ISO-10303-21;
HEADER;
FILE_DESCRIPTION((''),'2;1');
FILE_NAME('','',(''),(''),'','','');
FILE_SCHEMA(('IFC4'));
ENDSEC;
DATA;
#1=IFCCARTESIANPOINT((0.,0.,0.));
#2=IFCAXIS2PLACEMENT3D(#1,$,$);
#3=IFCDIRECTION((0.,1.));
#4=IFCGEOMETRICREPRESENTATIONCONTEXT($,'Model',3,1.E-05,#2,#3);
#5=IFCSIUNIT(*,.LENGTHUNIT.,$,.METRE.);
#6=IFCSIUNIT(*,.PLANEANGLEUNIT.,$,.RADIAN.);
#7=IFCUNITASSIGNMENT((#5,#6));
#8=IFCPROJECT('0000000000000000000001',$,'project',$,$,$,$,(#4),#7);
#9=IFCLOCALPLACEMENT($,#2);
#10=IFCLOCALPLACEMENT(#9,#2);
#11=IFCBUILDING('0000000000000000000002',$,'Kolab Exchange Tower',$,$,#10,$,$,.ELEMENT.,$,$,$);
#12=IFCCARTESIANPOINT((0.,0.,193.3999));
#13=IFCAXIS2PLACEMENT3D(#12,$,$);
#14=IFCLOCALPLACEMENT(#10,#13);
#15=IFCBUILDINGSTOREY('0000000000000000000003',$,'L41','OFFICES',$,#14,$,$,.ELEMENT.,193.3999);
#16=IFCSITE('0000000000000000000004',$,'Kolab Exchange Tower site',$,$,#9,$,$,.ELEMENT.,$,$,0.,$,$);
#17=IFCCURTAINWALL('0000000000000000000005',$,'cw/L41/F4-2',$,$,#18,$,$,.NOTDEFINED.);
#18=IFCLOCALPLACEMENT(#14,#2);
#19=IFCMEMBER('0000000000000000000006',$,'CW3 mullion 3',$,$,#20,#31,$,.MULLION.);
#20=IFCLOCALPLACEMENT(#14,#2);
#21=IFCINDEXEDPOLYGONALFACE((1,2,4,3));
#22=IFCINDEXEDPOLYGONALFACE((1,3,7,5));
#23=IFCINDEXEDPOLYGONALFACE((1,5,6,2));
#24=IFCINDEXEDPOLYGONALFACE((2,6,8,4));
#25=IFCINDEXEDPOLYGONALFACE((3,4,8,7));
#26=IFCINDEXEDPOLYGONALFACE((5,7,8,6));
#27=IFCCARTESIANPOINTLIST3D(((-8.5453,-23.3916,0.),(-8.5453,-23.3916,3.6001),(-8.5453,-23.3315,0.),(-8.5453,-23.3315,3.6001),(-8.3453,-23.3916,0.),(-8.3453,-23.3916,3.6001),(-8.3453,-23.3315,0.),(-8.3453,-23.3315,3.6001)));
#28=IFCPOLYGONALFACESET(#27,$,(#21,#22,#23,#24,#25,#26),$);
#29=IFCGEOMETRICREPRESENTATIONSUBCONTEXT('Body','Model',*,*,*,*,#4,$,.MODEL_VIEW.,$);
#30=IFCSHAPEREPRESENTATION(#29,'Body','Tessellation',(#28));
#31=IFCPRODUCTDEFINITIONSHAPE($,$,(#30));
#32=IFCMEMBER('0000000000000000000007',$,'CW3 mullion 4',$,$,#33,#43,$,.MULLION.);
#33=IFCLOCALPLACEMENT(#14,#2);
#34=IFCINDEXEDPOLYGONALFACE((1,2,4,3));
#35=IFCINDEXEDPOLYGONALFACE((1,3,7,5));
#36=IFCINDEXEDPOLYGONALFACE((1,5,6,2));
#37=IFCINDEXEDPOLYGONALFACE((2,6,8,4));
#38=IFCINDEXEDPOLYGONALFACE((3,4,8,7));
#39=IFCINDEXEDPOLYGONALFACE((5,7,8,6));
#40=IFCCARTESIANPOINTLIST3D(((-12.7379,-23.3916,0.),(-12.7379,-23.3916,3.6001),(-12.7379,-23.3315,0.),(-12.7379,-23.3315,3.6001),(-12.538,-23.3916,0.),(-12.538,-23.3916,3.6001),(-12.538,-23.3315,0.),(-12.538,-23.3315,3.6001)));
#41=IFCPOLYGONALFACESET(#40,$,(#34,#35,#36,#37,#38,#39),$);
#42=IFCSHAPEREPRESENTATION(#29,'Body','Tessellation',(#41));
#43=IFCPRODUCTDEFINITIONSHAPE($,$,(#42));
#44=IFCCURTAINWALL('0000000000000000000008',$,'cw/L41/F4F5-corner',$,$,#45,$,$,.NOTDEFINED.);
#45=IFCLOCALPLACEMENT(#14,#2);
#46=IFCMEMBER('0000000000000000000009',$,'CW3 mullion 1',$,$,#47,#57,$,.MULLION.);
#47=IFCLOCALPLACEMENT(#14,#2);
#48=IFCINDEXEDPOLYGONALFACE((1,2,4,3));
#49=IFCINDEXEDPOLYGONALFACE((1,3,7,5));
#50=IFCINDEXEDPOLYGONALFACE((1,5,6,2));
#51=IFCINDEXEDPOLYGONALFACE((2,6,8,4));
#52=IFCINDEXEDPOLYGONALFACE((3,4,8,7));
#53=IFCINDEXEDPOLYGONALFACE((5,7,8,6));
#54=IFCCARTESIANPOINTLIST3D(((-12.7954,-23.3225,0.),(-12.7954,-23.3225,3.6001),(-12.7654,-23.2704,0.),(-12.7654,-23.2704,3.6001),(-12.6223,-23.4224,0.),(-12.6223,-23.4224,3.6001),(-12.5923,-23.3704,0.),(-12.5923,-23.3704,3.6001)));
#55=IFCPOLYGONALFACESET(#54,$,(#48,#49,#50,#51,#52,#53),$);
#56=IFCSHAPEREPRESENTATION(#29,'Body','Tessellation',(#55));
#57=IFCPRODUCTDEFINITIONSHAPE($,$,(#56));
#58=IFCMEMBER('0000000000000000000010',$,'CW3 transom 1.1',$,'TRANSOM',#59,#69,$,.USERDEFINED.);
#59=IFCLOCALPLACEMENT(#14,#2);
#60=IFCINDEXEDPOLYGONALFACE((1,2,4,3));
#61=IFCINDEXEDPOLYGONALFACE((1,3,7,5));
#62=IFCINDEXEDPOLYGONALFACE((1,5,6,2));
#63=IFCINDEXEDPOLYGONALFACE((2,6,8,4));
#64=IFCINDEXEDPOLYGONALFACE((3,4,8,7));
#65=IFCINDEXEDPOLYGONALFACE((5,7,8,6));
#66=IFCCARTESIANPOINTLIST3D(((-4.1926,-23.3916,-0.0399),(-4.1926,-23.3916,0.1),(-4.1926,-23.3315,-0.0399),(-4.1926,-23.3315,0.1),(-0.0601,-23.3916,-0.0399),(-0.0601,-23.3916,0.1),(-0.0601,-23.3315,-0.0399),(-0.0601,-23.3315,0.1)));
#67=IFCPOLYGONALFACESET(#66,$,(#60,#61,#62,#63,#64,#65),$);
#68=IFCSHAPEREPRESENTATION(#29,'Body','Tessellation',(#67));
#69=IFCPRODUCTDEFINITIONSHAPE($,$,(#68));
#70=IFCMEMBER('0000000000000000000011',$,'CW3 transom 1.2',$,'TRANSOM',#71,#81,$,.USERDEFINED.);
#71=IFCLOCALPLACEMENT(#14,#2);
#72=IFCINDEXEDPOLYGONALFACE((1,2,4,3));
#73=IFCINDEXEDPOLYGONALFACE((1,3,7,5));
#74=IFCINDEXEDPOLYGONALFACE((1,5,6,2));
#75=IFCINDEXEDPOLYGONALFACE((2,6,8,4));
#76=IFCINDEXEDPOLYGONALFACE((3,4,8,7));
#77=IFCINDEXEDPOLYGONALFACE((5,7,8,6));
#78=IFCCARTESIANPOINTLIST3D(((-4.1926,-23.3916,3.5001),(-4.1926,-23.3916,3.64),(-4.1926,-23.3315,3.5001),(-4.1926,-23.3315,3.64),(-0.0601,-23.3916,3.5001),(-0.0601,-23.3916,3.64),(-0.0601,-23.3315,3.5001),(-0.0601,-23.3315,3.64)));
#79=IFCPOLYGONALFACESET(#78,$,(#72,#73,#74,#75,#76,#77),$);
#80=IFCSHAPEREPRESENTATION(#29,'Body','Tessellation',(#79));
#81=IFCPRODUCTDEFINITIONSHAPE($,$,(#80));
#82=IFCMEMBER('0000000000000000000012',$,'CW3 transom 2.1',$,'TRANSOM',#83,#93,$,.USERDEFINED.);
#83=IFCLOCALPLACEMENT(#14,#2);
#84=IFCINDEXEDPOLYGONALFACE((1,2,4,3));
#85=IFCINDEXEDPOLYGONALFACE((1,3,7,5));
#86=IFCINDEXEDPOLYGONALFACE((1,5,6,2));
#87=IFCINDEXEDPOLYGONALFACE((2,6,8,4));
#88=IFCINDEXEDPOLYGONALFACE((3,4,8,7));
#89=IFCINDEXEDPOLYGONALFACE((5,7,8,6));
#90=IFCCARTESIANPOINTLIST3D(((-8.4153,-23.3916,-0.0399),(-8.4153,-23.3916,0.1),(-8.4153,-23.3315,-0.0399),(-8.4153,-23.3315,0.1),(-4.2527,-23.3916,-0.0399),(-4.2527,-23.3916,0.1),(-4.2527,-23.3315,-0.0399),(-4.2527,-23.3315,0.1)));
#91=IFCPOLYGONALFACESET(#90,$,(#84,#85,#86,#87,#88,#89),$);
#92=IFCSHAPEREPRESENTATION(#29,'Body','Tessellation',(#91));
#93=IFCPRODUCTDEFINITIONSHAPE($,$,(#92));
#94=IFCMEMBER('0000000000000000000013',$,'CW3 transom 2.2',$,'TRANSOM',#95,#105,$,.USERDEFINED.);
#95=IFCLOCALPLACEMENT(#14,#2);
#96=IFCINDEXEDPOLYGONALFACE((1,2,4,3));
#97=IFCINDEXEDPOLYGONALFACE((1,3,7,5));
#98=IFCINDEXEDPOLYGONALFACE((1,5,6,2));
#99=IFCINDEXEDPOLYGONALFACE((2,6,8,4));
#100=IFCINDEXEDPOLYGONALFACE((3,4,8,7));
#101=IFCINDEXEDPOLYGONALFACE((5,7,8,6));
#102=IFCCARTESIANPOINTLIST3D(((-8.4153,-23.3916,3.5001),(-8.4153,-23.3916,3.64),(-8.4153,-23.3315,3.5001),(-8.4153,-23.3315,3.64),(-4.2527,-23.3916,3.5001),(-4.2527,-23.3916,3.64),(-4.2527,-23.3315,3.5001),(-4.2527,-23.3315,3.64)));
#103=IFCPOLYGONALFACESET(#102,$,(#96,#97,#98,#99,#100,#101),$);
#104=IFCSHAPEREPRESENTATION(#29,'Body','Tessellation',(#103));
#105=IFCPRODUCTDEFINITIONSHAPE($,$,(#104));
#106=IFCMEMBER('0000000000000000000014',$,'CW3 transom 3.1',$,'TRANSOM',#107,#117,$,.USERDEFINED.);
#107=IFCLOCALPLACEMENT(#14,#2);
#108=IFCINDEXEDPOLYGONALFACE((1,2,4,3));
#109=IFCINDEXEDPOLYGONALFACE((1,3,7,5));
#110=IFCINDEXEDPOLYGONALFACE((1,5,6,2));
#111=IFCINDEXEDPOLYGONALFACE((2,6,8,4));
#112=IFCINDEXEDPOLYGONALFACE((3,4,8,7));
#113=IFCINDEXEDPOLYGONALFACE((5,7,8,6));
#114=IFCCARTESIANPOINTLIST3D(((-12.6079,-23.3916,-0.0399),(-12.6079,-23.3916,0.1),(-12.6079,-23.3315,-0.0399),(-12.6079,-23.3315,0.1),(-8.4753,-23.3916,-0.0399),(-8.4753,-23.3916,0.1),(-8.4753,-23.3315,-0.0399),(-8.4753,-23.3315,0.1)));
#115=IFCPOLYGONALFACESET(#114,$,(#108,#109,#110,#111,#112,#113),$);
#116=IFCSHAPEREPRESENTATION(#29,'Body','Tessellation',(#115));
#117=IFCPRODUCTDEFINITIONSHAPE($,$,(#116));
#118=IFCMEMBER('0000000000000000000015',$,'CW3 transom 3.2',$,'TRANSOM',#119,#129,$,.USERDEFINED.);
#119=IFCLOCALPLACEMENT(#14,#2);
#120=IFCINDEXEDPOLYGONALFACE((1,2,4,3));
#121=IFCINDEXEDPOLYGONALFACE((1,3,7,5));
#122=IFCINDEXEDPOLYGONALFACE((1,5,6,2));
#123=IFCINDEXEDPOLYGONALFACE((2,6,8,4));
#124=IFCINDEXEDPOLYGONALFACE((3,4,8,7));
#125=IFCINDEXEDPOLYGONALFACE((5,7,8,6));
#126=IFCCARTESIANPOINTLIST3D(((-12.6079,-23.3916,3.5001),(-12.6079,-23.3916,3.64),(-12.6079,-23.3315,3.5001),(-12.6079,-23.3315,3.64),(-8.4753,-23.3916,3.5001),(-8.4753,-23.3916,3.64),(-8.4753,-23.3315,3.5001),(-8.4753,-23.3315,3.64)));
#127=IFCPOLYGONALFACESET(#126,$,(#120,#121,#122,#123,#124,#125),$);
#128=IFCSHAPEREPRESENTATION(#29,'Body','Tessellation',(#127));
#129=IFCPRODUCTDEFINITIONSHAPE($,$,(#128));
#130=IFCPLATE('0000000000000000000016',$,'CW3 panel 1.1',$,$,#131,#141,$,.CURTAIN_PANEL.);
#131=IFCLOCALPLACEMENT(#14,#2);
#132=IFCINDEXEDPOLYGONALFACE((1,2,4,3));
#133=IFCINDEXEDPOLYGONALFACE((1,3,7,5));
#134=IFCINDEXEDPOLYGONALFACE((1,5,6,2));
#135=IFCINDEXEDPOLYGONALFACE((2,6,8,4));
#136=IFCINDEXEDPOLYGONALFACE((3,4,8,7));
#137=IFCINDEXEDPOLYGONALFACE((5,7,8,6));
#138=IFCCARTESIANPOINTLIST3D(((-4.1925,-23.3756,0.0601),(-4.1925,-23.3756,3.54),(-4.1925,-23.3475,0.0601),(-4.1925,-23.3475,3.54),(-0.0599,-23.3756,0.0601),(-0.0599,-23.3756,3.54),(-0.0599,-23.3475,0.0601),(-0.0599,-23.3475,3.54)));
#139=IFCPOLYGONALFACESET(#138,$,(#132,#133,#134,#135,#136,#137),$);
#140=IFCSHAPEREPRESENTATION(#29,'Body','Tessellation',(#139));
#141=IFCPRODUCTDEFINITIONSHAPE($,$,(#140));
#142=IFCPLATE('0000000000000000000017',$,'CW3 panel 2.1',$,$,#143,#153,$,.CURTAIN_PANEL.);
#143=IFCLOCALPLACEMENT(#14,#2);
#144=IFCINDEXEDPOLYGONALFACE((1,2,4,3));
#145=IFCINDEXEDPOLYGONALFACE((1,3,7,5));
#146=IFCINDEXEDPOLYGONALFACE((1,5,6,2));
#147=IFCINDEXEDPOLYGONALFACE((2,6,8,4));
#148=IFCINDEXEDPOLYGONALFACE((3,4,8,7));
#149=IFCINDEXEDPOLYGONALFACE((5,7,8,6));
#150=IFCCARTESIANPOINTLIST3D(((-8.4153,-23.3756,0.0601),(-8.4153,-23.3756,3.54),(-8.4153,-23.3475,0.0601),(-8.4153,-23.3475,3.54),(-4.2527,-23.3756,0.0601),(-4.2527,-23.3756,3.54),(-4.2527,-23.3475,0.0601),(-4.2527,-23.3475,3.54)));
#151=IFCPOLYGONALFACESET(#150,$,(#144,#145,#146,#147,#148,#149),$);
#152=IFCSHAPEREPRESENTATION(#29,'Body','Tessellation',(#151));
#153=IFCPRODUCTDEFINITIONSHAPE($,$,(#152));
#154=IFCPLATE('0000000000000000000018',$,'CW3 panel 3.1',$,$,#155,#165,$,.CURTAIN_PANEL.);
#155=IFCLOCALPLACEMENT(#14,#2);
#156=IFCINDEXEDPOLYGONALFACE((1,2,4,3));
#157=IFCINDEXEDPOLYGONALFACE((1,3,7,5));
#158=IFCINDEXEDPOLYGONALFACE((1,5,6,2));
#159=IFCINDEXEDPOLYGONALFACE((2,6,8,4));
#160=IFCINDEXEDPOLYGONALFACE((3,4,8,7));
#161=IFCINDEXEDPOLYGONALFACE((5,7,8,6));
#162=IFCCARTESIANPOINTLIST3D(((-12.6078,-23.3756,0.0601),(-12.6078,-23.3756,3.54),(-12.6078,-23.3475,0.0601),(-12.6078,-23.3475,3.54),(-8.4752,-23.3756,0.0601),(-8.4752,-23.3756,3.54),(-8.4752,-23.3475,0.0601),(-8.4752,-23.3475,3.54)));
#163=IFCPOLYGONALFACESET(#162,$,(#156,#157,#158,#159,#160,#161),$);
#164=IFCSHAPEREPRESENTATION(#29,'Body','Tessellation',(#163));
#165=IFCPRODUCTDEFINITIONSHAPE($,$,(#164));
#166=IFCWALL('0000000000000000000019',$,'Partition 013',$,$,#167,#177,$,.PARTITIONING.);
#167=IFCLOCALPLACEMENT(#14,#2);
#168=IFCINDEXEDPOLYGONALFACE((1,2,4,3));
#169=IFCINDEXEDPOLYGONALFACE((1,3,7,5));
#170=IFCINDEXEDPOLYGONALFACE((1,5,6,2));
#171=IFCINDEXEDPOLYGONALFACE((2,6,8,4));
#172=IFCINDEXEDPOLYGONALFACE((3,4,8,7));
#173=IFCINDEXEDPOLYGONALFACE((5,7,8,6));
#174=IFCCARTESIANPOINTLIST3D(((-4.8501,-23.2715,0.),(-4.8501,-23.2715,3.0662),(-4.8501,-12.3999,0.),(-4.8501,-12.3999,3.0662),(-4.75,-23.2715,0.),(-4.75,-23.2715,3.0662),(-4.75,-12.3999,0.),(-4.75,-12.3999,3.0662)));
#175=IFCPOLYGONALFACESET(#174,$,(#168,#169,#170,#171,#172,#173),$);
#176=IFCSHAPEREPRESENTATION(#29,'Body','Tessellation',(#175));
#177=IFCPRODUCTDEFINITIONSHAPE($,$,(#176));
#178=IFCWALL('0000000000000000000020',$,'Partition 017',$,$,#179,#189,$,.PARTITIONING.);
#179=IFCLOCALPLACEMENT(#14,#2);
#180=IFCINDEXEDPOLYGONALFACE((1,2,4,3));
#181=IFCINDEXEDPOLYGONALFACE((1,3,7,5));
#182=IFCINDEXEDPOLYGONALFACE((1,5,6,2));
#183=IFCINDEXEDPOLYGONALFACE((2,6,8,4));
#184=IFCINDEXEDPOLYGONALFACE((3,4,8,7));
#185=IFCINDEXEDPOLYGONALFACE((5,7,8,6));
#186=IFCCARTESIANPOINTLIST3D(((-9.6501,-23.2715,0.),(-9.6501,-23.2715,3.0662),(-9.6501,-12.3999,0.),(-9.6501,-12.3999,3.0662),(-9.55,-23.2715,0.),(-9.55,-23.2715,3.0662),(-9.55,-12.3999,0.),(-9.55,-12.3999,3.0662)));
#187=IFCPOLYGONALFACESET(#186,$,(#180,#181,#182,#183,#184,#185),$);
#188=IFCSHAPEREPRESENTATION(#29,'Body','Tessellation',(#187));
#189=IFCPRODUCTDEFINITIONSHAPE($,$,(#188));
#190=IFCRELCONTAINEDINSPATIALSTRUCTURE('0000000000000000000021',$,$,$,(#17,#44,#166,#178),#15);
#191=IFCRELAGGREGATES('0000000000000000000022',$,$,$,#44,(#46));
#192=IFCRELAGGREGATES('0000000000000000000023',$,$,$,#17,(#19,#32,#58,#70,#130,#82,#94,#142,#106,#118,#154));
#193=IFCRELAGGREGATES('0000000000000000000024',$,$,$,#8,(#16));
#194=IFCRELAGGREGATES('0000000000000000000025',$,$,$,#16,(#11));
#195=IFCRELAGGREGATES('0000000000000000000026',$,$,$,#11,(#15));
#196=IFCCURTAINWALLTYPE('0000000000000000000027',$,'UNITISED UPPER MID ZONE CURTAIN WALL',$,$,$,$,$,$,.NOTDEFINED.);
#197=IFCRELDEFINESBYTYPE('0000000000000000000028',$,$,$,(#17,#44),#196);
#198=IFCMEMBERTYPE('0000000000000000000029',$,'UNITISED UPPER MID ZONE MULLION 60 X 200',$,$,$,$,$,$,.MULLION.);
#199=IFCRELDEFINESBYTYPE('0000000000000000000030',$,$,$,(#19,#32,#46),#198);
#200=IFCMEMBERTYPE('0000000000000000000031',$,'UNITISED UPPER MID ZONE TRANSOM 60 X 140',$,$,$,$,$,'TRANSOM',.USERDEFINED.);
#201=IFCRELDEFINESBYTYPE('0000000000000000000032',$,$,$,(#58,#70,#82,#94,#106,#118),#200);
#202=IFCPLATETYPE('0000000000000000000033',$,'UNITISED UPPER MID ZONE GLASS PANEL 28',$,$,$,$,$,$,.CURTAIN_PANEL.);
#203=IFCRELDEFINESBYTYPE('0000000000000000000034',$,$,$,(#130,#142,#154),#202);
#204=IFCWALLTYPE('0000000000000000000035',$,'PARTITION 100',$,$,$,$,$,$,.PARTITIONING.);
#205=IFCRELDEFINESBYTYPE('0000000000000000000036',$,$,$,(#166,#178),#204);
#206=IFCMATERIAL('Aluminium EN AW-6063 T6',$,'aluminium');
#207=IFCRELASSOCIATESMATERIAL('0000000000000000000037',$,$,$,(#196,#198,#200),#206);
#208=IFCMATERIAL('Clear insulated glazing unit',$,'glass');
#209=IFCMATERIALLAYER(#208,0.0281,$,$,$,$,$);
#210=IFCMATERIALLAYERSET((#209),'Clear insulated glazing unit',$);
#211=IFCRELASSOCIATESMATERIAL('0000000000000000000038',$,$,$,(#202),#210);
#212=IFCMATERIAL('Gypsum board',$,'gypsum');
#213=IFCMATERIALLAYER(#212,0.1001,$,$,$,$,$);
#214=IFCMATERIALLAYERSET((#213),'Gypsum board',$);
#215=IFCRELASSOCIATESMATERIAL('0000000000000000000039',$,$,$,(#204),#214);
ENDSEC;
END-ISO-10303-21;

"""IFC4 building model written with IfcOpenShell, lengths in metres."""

from ifc_helpers import new_model, si_unit, direction, frame, frame_2d, origin, origin_2d, place, context, subcontext, project, spatial, rectangle, extrude, material, layer, layer_set, material_profile, profile_set, type_object, element, aggregate, save


model = new_model("IFC4")

# Units and contexts
model_context = context("Model", 3, precision=1e-05, world=origin(), true_north=direction((0.0, 1.0)))
body_context = subcontext(model_context, "Body", "Model", "MODEL_VIEW")
ifc_project = project(units=[si_unit("LENGTHUNIT", "METRE"), si_unit("PLANEANGLEUNIT", "RADIAN")], contexts=[model_context])

# Site, building, storey
site_placement = place(None, origin())
site = spatial("IfcSite", under=ifc_project, at=site_placement, Name="Kolab Exchange Tower site", CompositionType="ELEMENT", RefElevation=0.0)
building_placement = place(site_placement, origin())
building = spatial("IfcBuilding", under=site, at=building_placement, Name="Kolab Exchange Tower", CompositionType="ELEMENT")
storey_placement = place(building_placement, frame((0.0, 0.0, 193.3999)))
storey = spatial("IfcBuildingStorey", under=building, at=storey_placement, Name="L41", Description="OFFICES", CompositionType="ELEMENT", Elevation=193.3999)

# Curtain wall, members
ifc_material_1 = material(Name="Aluminium EN AW-6063 T6", Category="aluminium")
curtain_wall_type = type_object("IfcCurtainWallType", Name="UNITISED UPPER MID ZONE CURTAIN WALL", PredefinedType="NOTDEFINED", material=ifc_material_1)
curtain_wall_1_placement = place(storey_placement, origin())
curtain_wall_1 = element("IfcCurtainWall", 1, at=curtain_wall_1_placement, inside=storey, type_object=curtain_wall_type, Name="cw/L41/F4-2", PredefinedType="NOTDEFINED")
ifc_material_profile_1 = material_profile(ifc_material_1, rectangle(XDim=0.0601, YDim=0.2, at=origin_2d()), Name="RECT 60X200")
ifc_profile_set_1 = profile_set([ifc_material_profile_1], Name="Aluminium EN AW-6063 T6")
member_type_1 = type_object("IfcMemberType", Name="UNITISED UPPER MID ZONE MULLION 60 X 200", PredefinedType="MULLION", material=ifc_profile_set_1)
member_1_placement = place(storey_placement, frame((-8.4453, -23.3616, 0.0), z_axis=(0.0, 0.0, 1.0), x_axis=(0.0, -1.0, 0.0)))
member_1 = element("IfcMember", 2, at=member_1_placement, type_object=member_type_1, Name="CW3 mullion 3", PredefinedType="MULLION", context=body_context, shape_type="SweptSolid", body=[
    extrude(rectangle(XDim=0.0601, YDim=0.2, at=origin_2d()), origin(), (0.0, 0.0, 1.0), 3.6001),
])
member_2_placement = place(storey_placement, frame((-12.6379, -23.3616, 0.0), z_axis=(0.0, 0.0, 1.0), x_axis=(0.0, -1.0, 0.0)))
member_2 = element("IfcMember", 3, at=member_2_placement, type_object=member_type_1, Name="CW3 mullion 4", PredefinedType="MULLION", context=body_context, shape_type="SweptSolid", body=[
    extrude(rectangle(XDim=0.0601, YDim=0.2, at=origin_2d()), origin(), (0.0, 0.0, 1.0), 3.6001),
])

# Curtain wall, member
curtain_wall_2_placement = place(storey_placement, origin())
curtain_wall_2 = element("IfcCurtainWall", 4, at=curtain_wall_2_placement, inside=storey, type_object=curtain_wall_type, Name="cw/L41/F4F5-corner", PredefinedType="NOTDEFINED")
member_3_placement = place(storey_placement, frame((-12.6938, -23.3464, 0.0), z_axis=(0.0, 0.0, 1.0), x_axis=(-0.5, -0.866025, 0.0)))
member_3 = element("IfcMember", 5, at=member_3_placement, type_object=member_type_1, Name="CW3 mullion 1", PredefinedType="MULLION", context=body_context, shape_type="SweptSolid", body=[
    extrude(rectangle(XDim=0.0601, YDim=0.2, at=origin_2d()), origin(), (0.0, 0.0, 1.0), 3.6001),
])
aggregate(curtain_wall_2, [member_3])

# Members
ifc_material_profile_2 = material_profile(ifc_material_1, rectangle(XDim=0.0601, YDim=0.1399, at=origin_2d()), Name="RECT 60X140")
ifc_profile_set_2 = profile_set([ifc_material_profile_2], Name="Aluminium EN AW-6063 T6")
member_type_2 = type_object("IfcMemberType", Name="UNITISED UPPER MID ZONE TRANSOM 60 X 140", ElementType="TRANSOM", PredefinedType="USERDEFINED", material=ifc_profile_set_2)
member_4_placement = place(storey_placement, frame((-0.0601, -23.3616, 0.03), z_axis=(-1.0, 0.0, 0.0), x_axis=(0.0, -1.0, 0.0)))
member_4 = element("IfcMember", 6, at=member_4_placement, type_object=member_type_2, Name="CW3 transom 1.1", ObjectType="TRANSOM", PredefinedType="USERDEFINED", context=body_context, shape_type="SweptSolid", body=[
    extrude(rectangle(XDim=0.0601, YDim=0.1399, at=origin_2d()), origin(), (0.0, 0.0, 1.0), 4.1326),
])
member_5_placement = place(storey_placement, frame((-0.0601, -23.3616, 3.5701), z_axis=(-1.0, 0.0, 0.0), x_axis=(0.0, -1.0, 0.0)))
member_5 = element("IfcMember", 7, at=member_5_placement, type_object=member_type_2, Name="CW3 transom 1.2", ObjectType="TRANSOM", PredefinedType="USERDEFINED", context=body_context, shape_type="SweptSolid", body=[
    extrude(rectangle(XDim=0.0601, YDim=0.1399, at=origin_2d()), origin(), (0.0, 0.0, 1.0), 4.1326),
])
member_6_placement = place(storey_placement, frame((-4.2527, -23.3616, 0.03), z_axis=(-1.0, 0.0, 0.0), x_axis=(0.0, -1.0, 0.0)))
member_6 = element("IfcMember", 8, at=member_6_placement, type_object=member_type_2, Name="CW3 transom 2.1", ObjectType="TRANSOM", PredefinedType="USERDEFINED", context=body_context, shape_type="SweptSolid", body=[
    extrude(rectangle(XDim=0.0601, YDim=0.1399, at=origin_2d()), origin(), (0.0, 0.0, 1.0), 4.1626),
])
member_7_placement = place(storey_placement, frame((-4.2527, -23.3616, 3.5701), z_axis=(-1.0, 0.0, 0.0), x_axis=(0.0, -1.0, 0.0)))
member_7 = element("IfcMember", 9, at=member_7_placement, type_object=member_type_2, Name="CW3 transom 2.2", ObjectType="TRANSOM", PredefinedType="USERDEFINED", context=body_context, shape_type="SweptSolid", body=[
    extrude(rectangle(XDim=0.0601, YDim=0.1399, at=origin_2d()), origin(), (0.0, 0.0, 1.0), 4.1626),
])
member_8_placement = place(storey_placement, frame((-8.4753, -23.3616, 0.03), z_axis=(-1.0, 0.0, 0.0), x_axis=(0.0, -1.0, 0.0)))
member_8 = element("IfcMember", 10, at=member_8_placement, type_object=member_type_2, Name="CW3 transom 3.1", ObjectType="TRANSOM", PredefinedType="USERDEFINED", context=body_context, shape_type="SweptSolid", body=[
    extrude(rectangle(XDim=0.0601, YDim=0.1399, at=origin_2d()), origin(), (0.0, 0.0, 1.0), 4.1326),
])
member_9_placement = place(storey_placement, frame((-8.4753, -23.3616, 3.5701), z_axis=(-1.0, 0.0, 0.0), x_axis=(0.0, -1.0, 0.0)))
member_9 = element("IfcMember", 11, at=member_9_placement, type_object=member_type_2, Name="CW3 transom 3.2", ObjectType="TRANSOM", PredefinedType="USERDEFINED", context=body_context, shape_type="SweptSolid", body=[
    extrude(rectangle(XDim=0.0601, YDim=0.1399, at=origin_2d()), origin(), (0.0, 0.0, 1.0), 4.1326),
])

# Plates
ifc_material_2 = material(Name="Clear insulated glazing unit", Category="glass")
ifc_layer_1 = layer(ifc_material_2, 0.0281)
ifc_layer_set_1 = layer_set([ifc_layer_1], Name="Clear insulated glazing unit")
plate_type = type_object("IfcPlateType", Name="UNITISED UPPER MID ZONE GLASS PANEL 28", PredefinedType="CURTAIN_PANEL", material=ifc_layer_set_1)
plate_1_placement = place(storey_placement, frame((-2.1262, -23.3616, 0.0601), z_axis=(0.0, 0.0, 1.0), x_axis=(-1.0, 0.0, 0.0)))
plate_1 = element("IfcPlate", 12, at=plate_1_placement, type_object=plate_type, Name="CW3 panel 1.1", PredefinedType="CURTAIN_PANEL", context=body_context, shape_type="SweptSolid", body=[
    extrude(rectangle(XDim=4.1326, YDim=0.0281, at=origin_2d()), origin(), (0.0, 0.0, 1.0), 3.48),
])
plate_2_placement = place(storey_placement, frame((-6.334, -23.3616, 0.0601), z_axis=(0.0, 0.0, 1.0), x_axis=(-1.0, 0.0, 0.0)))
plate_2 = element("IfcPlate", 13, at=plate_2_placement, type_object=plate_type, Name="CW3 panel 2.1", PredefinedType="CURTAIN_PANEL", context=body_context, shape_type="SweptSolid", body=[
    extrude(rectangle(XDim=4.1626, YDim=0.0281, at=origin_2d()), origin(), (0.0, 0.0, 1.0), 3.48),
])
plate_3_placement = place(storey_placement, frame((-10.5415, -23.3616, 0.0601), z_axis=(0.0, 0.0, 1.0), x_axis=(-1.0, 0.0, 0.0)))
plate_3 = element("IfcPlate", 14, at=plate_3_placement, type_object=plate_type, Name="CW3 panel 3.1", PredefinedType="CURTAIN_PANEL", context=body_context, shape_type="SweptSolid", body=[
    extrude(rectangle(XDim=4.1326, YDim=0.0281, at=origin_2d()), origin(), (0.0, 0.0, 1.0), 3.48),
])
aggregate(curtain_wall_1, [member_1, member_2, member_4, member_5, plate_1, member_6, member_7, plate_2, member_8, member_9, plate_3])

# Walls
ifc_material_3 = material(Name="Gypsum board", Category="gypsum")
ifc_layer_2 = layer(ifc_material_3, 0.1001)
ifc_layer_set_2 = layer_set([ifc_layer_2], Name="Gypsum board")
wall_type = type_object("IfcWallType", Name="PARTITION 100", PredefinedType="PARTITIONING", material=ifc_layer_set_2)
for number, where, z_axis, x_axis, name in (
    (15, (-4.8, -23.2715, 0.0), (0.0, 0.0, 1.0), (0.0, 1.0, 0.0), "Partition 013"),
    (16, (-9.6001, -23.2715, 0.0), (0.0, 0.0, 1.0), (0.0, 1.0, 0.0), "Partition 017"),
):
    element("IfcWall", number, at=place(storey_placement, frame(where, z_axis=z_axis, x_axis=x_axis)), inside=storey, type_object=wall_type, Name=name, PredefinedType="PARTITIONING", context=body_context, shape_type="SweptSolid", body=[
        extrude(rectangle(XDim=10.8716, YDim=0.1001, at=frame_2d((5.4358, 0.0))), origin(), (0.0, 0.0, 1.0), 3.0662),
    ])

save(model, "model.ifc")
